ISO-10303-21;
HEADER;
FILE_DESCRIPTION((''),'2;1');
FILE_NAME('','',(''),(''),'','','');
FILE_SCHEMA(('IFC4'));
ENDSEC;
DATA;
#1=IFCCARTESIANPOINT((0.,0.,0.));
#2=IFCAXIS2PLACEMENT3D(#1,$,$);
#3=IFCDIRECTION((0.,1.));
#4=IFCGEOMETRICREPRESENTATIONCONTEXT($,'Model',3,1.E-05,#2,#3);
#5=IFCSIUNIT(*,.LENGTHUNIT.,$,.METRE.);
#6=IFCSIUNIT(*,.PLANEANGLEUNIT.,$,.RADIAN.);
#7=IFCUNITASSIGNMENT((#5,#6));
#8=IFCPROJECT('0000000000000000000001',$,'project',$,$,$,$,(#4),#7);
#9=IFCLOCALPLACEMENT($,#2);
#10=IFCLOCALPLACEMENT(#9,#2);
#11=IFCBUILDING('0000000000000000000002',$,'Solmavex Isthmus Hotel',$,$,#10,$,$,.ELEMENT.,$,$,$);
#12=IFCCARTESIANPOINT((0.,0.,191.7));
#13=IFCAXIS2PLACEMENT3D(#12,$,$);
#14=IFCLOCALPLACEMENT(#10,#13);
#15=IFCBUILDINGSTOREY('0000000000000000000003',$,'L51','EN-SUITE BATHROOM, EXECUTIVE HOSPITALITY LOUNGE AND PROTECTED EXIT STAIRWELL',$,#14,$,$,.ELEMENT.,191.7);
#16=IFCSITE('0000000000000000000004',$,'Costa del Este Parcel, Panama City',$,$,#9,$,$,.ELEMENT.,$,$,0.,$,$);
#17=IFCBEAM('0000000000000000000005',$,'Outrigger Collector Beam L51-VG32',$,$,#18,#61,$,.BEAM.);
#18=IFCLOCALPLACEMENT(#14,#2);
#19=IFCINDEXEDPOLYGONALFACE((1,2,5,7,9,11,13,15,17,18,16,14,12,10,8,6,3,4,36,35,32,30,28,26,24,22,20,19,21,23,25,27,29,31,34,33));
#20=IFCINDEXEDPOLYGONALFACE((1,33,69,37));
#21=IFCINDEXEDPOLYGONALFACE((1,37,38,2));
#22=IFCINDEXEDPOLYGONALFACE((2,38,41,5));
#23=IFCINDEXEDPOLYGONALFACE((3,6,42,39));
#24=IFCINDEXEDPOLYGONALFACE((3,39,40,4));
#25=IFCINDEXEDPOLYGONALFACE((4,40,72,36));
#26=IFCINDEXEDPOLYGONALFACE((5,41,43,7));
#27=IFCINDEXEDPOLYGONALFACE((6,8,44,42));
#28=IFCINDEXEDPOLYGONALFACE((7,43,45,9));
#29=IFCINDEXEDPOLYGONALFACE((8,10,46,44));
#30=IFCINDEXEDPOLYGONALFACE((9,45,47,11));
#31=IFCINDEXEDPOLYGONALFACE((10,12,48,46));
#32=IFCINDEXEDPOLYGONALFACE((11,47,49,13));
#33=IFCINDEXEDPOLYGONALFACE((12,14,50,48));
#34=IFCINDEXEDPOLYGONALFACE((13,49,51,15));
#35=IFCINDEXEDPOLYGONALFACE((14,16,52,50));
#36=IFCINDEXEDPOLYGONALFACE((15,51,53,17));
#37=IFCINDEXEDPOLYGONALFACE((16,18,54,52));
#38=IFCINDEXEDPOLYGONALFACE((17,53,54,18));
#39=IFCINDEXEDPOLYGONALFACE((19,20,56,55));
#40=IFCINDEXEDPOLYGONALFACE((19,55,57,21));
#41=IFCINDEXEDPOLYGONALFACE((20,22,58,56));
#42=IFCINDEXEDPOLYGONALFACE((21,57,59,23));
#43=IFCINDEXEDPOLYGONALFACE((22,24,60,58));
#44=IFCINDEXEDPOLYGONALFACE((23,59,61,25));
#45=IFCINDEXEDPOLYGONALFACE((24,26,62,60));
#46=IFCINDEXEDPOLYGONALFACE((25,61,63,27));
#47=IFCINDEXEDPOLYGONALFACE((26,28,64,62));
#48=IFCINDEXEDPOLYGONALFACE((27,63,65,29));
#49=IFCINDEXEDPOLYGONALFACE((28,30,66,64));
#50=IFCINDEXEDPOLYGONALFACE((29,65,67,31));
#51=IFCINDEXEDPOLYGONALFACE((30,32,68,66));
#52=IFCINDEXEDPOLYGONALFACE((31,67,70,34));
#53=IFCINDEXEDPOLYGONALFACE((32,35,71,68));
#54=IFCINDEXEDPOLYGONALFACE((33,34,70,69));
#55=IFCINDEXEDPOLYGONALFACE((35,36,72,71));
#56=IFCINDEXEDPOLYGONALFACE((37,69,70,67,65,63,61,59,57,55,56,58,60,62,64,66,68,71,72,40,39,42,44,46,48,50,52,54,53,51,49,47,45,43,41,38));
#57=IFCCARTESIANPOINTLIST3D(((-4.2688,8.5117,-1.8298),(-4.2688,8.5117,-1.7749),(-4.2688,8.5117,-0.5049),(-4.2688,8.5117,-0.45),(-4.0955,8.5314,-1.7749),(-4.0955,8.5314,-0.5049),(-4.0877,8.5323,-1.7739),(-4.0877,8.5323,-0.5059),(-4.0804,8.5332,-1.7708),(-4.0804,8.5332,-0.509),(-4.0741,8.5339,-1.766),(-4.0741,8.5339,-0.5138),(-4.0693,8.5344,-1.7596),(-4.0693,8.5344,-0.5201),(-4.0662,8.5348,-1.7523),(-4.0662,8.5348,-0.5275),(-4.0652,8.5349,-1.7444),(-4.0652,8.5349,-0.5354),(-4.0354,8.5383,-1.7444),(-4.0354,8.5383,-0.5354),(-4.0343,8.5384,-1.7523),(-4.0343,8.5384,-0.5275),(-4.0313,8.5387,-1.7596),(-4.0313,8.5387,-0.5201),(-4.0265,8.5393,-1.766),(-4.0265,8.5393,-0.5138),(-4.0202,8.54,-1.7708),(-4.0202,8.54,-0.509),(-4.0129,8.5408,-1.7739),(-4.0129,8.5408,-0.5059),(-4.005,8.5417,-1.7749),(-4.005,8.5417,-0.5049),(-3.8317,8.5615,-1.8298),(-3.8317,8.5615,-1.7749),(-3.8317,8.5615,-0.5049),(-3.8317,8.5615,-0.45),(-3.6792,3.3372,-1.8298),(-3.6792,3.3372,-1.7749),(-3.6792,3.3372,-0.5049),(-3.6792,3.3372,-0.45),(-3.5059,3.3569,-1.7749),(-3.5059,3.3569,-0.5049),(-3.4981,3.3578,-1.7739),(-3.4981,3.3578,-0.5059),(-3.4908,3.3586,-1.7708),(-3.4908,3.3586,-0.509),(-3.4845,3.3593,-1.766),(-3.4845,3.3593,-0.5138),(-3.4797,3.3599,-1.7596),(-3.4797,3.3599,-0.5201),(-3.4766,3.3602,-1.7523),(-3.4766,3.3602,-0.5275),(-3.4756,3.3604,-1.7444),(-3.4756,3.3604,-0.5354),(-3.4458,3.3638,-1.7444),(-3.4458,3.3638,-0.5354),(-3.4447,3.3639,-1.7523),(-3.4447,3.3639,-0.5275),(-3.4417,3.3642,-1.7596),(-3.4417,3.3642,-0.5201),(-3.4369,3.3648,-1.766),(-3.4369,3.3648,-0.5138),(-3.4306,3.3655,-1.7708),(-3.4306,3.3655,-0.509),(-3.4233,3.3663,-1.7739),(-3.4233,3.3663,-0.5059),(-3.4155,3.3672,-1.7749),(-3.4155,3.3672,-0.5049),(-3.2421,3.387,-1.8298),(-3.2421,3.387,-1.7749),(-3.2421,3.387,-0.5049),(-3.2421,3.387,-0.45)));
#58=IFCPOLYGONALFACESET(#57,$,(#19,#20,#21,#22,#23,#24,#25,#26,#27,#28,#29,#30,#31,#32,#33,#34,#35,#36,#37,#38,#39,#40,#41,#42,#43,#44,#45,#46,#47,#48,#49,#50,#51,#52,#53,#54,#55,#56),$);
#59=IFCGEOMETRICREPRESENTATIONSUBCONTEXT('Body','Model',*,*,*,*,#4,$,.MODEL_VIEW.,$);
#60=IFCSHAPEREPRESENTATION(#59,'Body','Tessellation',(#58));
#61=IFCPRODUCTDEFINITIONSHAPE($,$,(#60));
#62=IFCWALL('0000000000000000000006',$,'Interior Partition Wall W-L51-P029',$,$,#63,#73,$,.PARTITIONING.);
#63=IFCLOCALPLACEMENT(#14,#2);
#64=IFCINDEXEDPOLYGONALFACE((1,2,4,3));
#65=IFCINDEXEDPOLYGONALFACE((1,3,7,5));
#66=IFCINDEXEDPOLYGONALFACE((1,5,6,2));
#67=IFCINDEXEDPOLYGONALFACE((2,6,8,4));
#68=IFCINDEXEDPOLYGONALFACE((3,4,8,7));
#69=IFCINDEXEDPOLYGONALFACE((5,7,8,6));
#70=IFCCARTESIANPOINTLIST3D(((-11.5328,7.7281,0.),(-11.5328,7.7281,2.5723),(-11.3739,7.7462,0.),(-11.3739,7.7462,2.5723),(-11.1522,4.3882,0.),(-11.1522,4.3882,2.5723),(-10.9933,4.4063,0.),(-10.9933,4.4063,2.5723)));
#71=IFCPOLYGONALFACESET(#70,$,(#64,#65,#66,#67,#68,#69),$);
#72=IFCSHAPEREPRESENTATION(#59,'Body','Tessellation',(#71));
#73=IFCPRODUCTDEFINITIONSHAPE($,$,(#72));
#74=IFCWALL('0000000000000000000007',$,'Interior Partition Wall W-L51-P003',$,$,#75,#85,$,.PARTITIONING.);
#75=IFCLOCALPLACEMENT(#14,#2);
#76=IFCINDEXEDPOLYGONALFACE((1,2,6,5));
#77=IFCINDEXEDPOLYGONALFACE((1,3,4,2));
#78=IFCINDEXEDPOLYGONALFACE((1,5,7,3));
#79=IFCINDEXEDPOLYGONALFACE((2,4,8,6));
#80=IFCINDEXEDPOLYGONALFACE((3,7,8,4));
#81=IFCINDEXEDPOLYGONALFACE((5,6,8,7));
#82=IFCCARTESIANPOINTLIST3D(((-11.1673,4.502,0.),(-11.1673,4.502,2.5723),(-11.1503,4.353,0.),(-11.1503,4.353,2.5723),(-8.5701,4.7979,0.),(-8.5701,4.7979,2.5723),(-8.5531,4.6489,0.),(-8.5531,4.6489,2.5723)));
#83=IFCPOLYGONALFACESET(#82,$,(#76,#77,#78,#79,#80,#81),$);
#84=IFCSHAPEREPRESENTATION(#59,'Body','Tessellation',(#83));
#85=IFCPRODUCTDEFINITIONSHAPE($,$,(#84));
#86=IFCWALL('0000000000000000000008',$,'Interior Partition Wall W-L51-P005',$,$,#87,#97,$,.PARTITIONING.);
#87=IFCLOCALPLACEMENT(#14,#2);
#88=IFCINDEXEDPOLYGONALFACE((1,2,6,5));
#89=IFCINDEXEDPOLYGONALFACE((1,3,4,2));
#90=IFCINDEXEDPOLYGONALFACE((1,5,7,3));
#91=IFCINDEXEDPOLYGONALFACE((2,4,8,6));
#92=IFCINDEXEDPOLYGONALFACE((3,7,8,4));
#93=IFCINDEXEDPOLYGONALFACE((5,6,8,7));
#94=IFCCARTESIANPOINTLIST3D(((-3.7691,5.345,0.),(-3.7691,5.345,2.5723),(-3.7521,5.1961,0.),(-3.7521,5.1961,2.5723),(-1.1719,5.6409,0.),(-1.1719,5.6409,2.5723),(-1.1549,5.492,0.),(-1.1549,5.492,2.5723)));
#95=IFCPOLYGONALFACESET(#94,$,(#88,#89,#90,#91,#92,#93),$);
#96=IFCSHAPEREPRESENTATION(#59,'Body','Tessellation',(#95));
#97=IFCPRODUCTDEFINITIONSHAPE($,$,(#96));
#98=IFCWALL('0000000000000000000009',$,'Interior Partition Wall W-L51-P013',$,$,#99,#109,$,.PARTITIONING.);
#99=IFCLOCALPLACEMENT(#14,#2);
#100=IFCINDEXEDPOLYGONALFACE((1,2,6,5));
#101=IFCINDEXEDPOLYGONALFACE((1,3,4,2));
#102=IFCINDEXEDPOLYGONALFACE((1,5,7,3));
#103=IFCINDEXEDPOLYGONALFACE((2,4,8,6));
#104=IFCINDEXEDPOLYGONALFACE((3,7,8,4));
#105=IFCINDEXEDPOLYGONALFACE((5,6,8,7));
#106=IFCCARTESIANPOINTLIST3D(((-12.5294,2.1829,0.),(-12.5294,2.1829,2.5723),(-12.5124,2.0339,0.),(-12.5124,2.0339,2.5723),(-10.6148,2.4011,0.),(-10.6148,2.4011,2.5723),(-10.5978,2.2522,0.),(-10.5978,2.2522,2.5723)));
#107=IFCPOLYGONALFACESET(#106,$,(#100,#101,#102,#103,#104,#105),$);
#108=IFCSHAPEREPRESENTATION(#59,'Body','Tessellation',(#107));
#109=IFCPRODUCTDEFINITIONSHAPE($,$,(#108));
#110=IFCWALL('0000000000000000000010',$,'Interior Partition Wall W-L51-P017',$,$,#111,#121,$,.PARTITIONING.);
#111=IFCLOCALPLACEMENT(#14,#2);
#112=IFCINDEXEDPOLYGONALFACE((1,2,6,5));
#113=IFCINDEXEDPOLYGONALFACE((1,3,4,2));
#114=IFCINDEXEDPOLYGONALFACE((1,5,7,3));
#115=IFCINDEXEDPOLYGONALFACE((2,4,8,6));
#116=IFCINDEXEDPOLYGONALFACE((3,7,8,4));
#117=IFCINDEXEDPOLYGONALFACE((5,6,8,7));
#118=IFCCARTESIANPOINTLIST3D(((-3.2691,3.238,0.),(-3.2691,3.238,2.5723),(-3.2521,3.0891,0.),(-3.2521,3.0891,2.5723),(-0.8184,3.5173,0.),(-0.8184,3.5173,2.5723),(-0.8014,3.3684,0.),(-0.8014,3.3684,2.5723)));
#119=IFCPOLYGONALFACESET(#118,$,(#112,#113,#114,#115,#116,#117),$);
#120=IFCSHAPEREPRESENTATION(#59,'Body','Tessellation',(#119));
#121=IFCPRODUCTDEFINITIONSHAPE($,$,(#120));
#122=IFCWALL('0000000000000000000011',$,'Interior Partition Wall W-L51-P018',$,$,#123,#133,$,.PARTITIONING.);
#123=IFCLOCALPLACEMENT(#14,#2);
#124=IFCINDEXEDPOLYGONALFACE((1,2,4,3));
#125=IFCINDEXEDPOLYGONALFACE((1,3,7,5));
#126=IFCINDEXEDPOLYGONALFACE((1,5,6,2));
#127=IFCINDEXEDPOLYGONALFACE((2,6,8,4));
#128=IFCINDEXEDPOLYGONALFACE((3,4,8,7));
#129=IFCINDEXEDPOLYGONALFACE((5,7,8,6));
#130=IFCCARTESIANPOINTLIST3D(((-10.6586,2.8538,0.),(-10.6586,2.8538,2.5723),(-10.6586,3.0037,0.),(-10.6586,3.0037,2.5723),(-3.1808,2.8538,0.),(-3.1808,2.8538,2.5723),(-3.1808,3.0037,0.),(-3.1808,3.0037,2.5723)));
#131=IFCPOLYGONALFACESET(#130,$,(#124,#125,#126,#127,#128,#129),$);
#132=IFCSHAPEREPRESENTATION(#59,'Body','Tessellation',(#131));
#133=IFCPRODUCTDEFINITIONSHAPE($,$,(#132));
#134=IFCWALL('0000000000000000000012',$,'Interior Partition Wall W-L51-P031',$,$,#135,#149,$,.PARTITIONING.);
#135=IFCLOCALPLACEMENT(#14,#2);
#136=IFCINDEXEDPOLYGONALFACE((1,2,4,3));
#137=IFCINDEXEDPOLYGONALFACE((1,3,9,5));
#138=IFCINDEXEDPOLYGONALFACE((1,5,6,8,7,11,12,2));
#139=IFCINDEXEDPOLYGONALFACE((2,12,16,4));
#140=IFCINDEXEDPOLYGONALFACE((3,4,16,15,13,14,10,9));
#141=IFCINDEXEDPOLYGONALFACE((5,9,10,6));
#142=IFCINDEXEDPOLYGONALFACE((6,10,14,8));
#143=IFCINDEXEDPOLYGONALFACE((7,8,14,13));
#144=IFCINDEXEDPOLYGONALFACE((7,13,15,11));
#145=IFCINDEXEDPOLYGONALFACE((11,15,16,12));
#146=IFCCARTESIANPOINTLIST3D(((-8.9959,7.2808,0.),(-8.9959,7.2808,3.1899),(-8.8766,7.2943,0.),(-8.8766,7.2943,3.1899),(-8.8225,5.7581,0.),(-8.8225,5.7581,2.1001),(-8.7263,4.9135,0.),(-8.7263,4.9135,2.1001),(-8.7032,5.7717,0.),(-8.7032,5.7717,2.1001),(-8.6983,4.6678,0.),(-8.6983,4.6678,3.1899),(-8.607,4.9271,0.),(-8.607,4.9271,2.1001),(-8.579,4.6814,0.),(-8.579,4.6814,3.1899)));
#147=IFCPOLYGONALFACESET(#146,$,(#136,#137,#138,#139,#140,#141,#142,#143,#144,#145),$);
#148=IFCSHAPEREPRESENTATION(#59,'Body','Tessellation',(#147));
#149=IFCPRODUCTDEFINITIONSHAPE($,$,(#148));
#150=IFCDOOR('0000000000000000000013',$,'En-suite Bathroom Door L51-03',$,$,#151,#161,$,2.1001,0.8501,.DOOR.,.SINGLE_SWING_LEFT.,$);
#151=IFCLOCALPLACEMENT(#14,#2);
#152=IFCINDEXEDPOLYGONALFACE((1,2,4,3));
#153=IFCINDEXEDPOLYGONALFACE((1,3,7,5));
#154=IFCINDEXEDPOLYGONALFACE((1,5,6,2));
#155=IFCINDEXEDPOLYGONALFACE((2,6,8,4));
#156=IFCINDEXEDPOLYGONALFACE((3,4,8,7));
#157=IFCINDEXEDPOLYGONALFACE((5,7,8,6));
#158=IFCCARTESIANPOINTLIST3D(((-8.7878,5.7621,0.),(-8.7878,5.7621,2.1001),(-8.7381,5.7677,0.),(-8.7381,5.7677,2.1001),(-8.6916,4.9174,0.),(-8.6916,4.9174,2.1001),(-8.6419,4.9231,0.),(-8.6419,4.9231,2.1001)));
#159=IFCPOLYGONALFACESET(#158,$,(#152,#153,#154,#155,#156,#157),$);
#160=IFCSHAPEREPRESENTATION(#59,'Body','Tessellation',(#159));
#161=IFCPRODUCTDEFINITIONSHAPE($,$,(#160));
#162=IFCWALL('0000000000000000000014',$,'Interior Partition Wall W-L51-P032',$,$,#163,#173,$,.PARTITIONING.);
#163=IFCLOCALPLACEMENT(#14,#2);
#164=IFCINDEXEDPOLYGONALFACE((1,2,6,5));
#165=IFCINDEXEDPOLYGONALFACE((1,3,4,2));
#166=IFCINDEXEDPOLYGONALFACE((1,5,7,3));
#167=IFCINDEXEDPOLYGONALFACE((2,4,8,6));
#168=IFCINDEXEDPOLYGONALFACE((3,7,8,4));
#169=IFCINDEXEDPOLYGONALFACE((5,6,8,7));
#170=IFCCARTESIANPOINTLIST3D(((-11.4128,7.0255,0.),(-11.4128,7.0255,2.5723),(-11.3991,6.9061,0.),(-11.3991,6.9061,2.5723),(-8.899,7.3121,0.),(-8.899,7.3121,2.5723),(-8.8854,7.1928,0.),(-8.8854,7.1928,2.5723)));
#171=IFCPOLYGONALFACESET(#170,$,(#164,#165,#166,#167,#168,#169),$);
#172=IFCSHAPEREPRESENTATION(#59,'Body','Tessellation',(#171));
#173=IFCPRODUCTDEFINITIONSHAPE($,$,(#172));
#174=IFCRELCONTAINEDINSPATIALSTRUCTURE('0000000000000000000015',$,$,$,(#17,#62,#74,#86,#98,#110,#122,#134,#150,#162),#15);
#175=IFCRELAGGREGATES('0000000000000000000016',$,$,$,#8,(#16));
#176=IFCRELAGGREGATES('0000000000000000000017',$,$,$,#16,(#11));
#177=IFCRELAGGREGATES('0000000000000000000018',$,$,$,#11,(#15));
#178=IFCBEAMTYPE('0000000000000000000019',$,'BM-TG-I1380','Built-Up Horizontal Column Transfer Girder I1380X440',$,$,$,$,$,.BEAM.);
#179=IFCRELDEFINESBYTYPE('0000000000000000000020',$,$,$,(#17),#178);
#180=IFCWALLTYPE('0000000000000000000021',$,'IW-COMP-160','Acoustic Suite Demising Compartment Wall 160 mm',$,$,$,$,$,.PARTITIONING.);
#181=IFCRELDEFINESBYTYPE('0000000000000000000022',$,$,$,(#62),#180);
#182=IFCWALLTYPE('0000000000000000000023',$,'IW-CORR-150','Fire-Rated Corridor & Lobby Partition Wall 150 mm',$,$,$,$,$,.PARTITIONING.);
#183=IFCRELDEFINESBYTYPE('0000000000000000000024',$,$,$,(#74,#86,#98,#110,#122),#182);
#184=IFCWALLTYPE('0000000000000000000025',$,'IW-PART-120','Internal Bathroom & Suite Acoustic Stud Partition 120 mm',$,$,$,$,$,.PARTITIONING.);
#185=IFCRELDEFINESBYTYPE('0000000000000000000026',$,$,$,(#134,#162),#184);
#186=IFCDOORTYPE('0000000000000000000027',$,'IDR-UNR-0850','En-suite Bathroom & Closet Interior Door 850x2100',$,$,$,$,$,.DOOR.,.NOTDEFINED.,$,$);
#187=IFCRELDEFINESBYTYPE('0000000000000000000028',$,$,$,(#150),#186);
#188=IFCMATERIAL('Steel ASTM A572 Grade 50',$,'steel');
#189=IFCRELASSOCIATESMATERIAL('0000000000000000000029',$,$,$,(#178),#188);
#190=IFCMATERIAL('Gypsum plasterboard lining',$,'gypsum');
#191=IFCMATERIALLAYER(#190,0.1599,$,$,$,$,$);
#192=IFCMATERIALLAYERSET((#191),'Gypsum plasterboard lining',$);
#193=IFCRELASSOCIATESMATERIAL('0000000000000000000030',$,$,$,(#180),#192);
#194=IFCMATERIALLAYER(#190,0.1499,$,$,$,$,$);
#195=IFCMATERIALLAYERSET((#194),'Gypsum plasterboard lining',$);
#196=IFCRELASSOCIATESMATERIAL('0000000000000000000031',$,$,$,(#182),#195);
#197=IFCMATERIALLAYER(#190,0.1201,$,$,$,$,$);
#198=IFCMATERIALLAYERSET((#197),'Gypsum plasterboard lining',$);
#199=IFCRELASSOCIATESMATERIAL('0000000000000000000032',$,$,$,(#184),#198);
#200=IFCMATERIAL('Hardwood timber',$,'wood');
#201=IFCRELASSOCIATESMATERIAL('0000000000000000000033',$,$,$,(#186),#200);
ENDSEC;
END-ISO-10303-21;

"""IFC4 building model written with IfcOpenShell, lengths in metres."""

from ifc_helpers import new_model, si_unit, direction, frame, frame_2d, origin, origin_2d, place, context, subcontext, project, spatial, rectangle, i_section, extrude, material, layer, layer_set, material_profile, profile_set, type_object, element, fill, save


model = new_model("IFC4")

# Units and contexts
model_context = context("Model", 3, precision=1e-05, world=origin(), true_north=direction((0.0, 1.0)))
body_context = subcontext(model_context, "Body", "Model", "MODEL_VIEW")
ifc_project = project(units=[si_unit("LENGTHUNIT", "METRE"), si_unit("PLANEANGLEUNIT", "RADIAN")], contexts=[model_context])

# Site, building, storey
site_placement = place(None, origin())
site = spatial("IfcSite", under=ifc_project, at=site_placement, Name="Costa del Este Parcel, Panama City", CompositionType="ELEMENT", RefElevation=0.0)
building_placement = place(site_placement, origin())
building = spatial("IfcBuilding", under=site, at=building_placement, Name="Solmavex Isthmus Hotel", CompositionType="ELEMENT")
storey_placement = place(building_placement, frame((0.0, 0.0, 191.7)))
storey = spatial("IfcBuildingStorey", under=building, at=storey_placement, Name="L51", Description="EN-SUITE BATHROOM, EXECUTIVE HOSPITALITY LOUNGE AND PROTECTED EXIT STAIRWELL", CompositionType="ELEMENT", Elevation=191.7)

# Beam
ifc_material_1 = material(Name="Steel ASTM A572 Grade 50", Category="steel")
ifc_material_profile_1 = material_profile(ifc_material_1, i_section(OverallWidth=0.4399, OverallDepth=1.3799, WebThickness=0.03, FlangeThickness=0.0549, FilletRadius=0.0305, at=origin_2d()), Name="I1380X440")
ifc_profile_set_1 = profile_set([ifc_material_profile_1], Name="Steel ASTM A572 Grade 50")
beam_type_1 = type_object("IfcBeamType", Name="BM-TG-I1380", Description="Built-Up Horizontal Column Transfer Girder I1380X440", PredefinedType="BEAM", material=ifc_profile_set_1)
for number, where, z_axis, x_axis, name in (
    (1, (-3.4607, 3.3621, -1.1399), (-0.113209, 0.993571, 0.0), (-0.993571, -0.113209, 0.0), "Outrigger Collector Beam L51-VG32"),
):
    element("IfcBeam", number, at=place(storey_placement, frame(where, z_axis=z_axis, x_axis=x_axis)), inside=storey, type_object=beam_type_1, Name=name, PredefinedType="BEAM", context=body_context, shape_type="SweptSolid", body=[
        extrude(i_section(OverallWidth=0.4399, OverallDepth=1.3799, WebThickness=0.03, FlangeThickness=0.0549, FilletRadius=0.0305, at=origin_2d()), origin(), (0.0, 0.0, 1.0), 5.208),
    ])

# Wall
ifc_material_2 = material(Name="Gypsum plasterboard lining", Category="gypsum")
ifc_layer_1 = layer(ifc_material_2, 0.1599)
ifc_layer_set_1 = layer_set([ifc_layer_1], Name="Gypsum plasterboard lining")
wall_type_1 = type_object("IfcWallType", Name="IW-COMP-160", Description="Acoustic Suite Demising Compartment Wall 160 mm", PredefinedType="PARTITIONING", material=ifc_layer_set_1)
wall_1_placement = place(storey_placement, frame((-11.4534, 7.7371, 0.0), z_axis=(0.0, 0.0, 1.0), x_axis=(0.113229, -0.993569, 0.0)))
element("IfcWall", 2, at=wall_1_placement, inside=storey, type_object=wall_type_1, Name="Interior Partition Wall W-L51-P029", PredefinedType="PARTITIONING", context=body_context, shape_type="SweptSolid", body=[
    extrude(rectangle(XDim=3.3616, YDim=0.1599, at=frame_2d((1.6807, 0.0))), origin(), (0.0, 0.0, 1.0), 2.5723),
])

# Shared definitions
ifc_layer_2 = layer(ifc_material_2, 0.1499)
ifc_layer_set_2 = layer_set([ifc_layer_2], Name="Gypsum plasterboard lining")
wall_type_2 = type_object("IfcWallType", Name="IW-CORR-150", Description="Fire-Rated Corridor & Lobby Partition Wall 150 mm", PredefinedType="PARTITIONING", material=ifc_layer_set_2)
ifc_material_3 = material(Name="Hardwood timber", Category="wood")

# Wall
wall_2_placement = place(storey_placement, frame((-11.1589, 4.4275, 0.0), z_axis=(0.0, 0.0, 1.0), x_axis=(0.993572, 0.113199, 0.0)))
element("IfcWall", 3, at=wall_2_placement, inside=storey, type_object=wall_type_2, Name="Interior Partition Wall W-L51-P003", PredefinedType="PARTITIONING", context=body_context, shape_type="SweptSolid", body=[
    extrude(rectangle(XDim=2.614, YDim=0.1499, at=frame_2d((1.3071, 0.0))), origin(), (0.0, 0.0, 1.0), 2.5723),
])

# Walls
wall_3_placement = place(storey_placement, frame((-3.7607, 5.2705, 0.0), z_axis=(0.0, 0.0, 1.0), x_axis=(0.993572, 0.113199, 0.0)))
element("IfcWall", 4, at=wall_3_placement, inside=storey, type_object=wall_type_2, Name="Interior Partition Wall W-L51-P005", PredefinedType="PARTITIONING", context=body_context, shape_type="SweptSolid", body=[
    extrude(rectangle(XDim=2.614, YDim=0.1499, at=frame_2d((1.3071, 0.0))), origin(), (0.0, 0.0, 1.0), 2.5723),
])
wall_4_placement = place(storey_placement, frame((-10.6064, 2.3267, 0.0), z_axis=(0.0, 0.0, 1.0), x_axis=(-0.993564, -0.113268, 0.0)))
element("IfcWall", 5, at=wall_4_placement, inside=storey, type_object=wall_type_2, Name="Interior Partition Wall W-L51-P013", PredefinedType="PARTITIONING", context=body_context, shape_type="SweptSolid", body=[
    extrude(rectangle(XDim=1.927, YDim=0.1499, at=frame_2d((0.9634, 0.0))), origin(), (0.0, 0.0, 1.0), 2.5723),
])
wall_5_placement = place(storey_placement, frame((-0.8098, 3.4429, 0.0), z_axis=(0.0, 0.0, 1.0), x_axis=(-0.993568, -0.113234, 0.0)))
element("IfcWall", 6, at=wall_5_placement, inside=storey, type_object=wall_type_2, Name="Interior Partition Wall W-L51-P017", PredefinedType="PARTITIONING", context=body_context, shape_type="SweptSolid", body=[
    extrude(rectangle(XDim=2.4666, YDim=0.1499, at=frame_2d((1.2334, 0.0))), origin(), (0.0, 0.0, 1.0), 2.5723),
])
wall_6_placement = place(storey_placement, frame((-3.1809, 2.9287, 0.0), z_axis=(0.0, 0.0, 1.0), x_axis=(-1.0, 0.0, 0.0)))
element("IfcWall", 7, at=wall_6_placement, inside=storey, type_object=wall_type_2, Name="Interior Partition Wall W-L51-P018", PredefinedType="PARTITIONING", context=body_context, shape_type="SweptSolid", body=[
    extrude(rectangle(XDim=7.4778, YDim=0.1499, at=frame_2d((3.7388, 0.0))), origin(), (0.0, 0.0, 1.0), 2.5723),
])

# Wall, opening, door
ifc_layer_3 = layer(ifc_material_2, 0.1201)
ifc_layer_set_3 = layer_set([ifc_layer_3], Name="Gypsum plasterboard lining")
wall_type_3 = type_object("IfcWallType", Name="IW-PART-120", Description="Internal Bathroom & Suite Acoustic Stud Partition 120 mm", PredefinedType="PARTITIONING", material=ifc_layer_set_3)
wall_7_placement = place(storey_placement, frame((-8.6387, 4.6746, 0.0), z_axis=(0.0, 0.0, 1.0), x_axis=(-0.113162, 0.993577, 0.0)))
wall_7 = element("IfcWall", 8, at=wall_7_placement, inside=storey, type_object=wall_type_3, Name="Interior Partition Wall W-L51-P031", PredefinedType="PARTITIONING", context=body_context, shape_type="SweptSolid", body=[
    extrude(rectangle(XDim=2.6299, YDim=0.1201, at=frame_2d((1.3149, 0.0))), origin(), (0.0, 0.0, 1.0), 3.1899),
])
opening_1_placement = place(wall_7_placement, frame((0.2473, 0.0, 0.0)))
opening_1 = element("IfcOpeningElement", 9, at=opening_1_placement, cuts=wall_7, PredefinedType="OPENING", context=body_context, shape_type="SweptSolid", body=[
    extrude(rectangle(XDim=0.8501, YDim=2.1001, at=frame_2d((0.425, 1.05))), frame((0.0, 0.0701, 0.0), z_axis=(0.0, -1.0, 0.0), x_axis=(1.0, 0.0, 0.0)), (0.0, 0.0, 1.0), 0.1401),
])
door_type_1 = type_object("IfcDoorType", Name="IDR-UNR-0850", Description="En-suite Bathroom & Closet Interior Door 850x2100", OperationType="NOTDEFINED", PredefinedType="DOOR", material=ifc_material_3)
door_1_placement = place(opening_1_placement, frame((0.8501, 0.0, 0.0), z_axis=(0.0, 0.0, 1.0), x_axis=(-1.0, 0.0, 0.0)))
door_1 = element("IfcDoor", 10, at=door_1_placement, inside=storey, type_object=door_type_1, Name="En-suite Bathroom Door L51-03", OperationType="SINGLE_SWING_LEFT", OverallHeight=2.1001, OverallWidth=0.8501, PredefinedType="DOOR", context=body_context, shape_type="SweptSolid", body=[
    extrude(rectangle(XDim=0.8501, YDim=2.1001, at=frame_2d((0.425, 1.05))), frame((0.0, 0.0249, 0.0), z_axis=(0.0, -1.0, 0.0), x_axis=(1.0, 0.0, 0.0)), (0.0, 0.0, 1.0), 0.05),
])
fill(opening_1, door_1)

# Wall
wall_8_placement = place(storey_placement, frame((-8.8921, 7.2524, 0.0), z_axis=(0.0, 0.0, 1.0), x_axis=(-0.993562, -0.113291, 0.0)))
element("IfcWall", 11, at=wall_8_placement, inside=storey, type_object=wall_type_3, Name="Interior Partition Wall W-L51-P032", PredefinedType="PARTITIONING", context=body_context, shape_type="SweptSolid", body=[
    extrude(rectangle(XDim=2.53, YDim=0.1201, at=frame_2d((1.2651, 0.0))), origin(), (0.0, 0.0, 1.0), 2.5723),
])

save(model, "model.ifc")
